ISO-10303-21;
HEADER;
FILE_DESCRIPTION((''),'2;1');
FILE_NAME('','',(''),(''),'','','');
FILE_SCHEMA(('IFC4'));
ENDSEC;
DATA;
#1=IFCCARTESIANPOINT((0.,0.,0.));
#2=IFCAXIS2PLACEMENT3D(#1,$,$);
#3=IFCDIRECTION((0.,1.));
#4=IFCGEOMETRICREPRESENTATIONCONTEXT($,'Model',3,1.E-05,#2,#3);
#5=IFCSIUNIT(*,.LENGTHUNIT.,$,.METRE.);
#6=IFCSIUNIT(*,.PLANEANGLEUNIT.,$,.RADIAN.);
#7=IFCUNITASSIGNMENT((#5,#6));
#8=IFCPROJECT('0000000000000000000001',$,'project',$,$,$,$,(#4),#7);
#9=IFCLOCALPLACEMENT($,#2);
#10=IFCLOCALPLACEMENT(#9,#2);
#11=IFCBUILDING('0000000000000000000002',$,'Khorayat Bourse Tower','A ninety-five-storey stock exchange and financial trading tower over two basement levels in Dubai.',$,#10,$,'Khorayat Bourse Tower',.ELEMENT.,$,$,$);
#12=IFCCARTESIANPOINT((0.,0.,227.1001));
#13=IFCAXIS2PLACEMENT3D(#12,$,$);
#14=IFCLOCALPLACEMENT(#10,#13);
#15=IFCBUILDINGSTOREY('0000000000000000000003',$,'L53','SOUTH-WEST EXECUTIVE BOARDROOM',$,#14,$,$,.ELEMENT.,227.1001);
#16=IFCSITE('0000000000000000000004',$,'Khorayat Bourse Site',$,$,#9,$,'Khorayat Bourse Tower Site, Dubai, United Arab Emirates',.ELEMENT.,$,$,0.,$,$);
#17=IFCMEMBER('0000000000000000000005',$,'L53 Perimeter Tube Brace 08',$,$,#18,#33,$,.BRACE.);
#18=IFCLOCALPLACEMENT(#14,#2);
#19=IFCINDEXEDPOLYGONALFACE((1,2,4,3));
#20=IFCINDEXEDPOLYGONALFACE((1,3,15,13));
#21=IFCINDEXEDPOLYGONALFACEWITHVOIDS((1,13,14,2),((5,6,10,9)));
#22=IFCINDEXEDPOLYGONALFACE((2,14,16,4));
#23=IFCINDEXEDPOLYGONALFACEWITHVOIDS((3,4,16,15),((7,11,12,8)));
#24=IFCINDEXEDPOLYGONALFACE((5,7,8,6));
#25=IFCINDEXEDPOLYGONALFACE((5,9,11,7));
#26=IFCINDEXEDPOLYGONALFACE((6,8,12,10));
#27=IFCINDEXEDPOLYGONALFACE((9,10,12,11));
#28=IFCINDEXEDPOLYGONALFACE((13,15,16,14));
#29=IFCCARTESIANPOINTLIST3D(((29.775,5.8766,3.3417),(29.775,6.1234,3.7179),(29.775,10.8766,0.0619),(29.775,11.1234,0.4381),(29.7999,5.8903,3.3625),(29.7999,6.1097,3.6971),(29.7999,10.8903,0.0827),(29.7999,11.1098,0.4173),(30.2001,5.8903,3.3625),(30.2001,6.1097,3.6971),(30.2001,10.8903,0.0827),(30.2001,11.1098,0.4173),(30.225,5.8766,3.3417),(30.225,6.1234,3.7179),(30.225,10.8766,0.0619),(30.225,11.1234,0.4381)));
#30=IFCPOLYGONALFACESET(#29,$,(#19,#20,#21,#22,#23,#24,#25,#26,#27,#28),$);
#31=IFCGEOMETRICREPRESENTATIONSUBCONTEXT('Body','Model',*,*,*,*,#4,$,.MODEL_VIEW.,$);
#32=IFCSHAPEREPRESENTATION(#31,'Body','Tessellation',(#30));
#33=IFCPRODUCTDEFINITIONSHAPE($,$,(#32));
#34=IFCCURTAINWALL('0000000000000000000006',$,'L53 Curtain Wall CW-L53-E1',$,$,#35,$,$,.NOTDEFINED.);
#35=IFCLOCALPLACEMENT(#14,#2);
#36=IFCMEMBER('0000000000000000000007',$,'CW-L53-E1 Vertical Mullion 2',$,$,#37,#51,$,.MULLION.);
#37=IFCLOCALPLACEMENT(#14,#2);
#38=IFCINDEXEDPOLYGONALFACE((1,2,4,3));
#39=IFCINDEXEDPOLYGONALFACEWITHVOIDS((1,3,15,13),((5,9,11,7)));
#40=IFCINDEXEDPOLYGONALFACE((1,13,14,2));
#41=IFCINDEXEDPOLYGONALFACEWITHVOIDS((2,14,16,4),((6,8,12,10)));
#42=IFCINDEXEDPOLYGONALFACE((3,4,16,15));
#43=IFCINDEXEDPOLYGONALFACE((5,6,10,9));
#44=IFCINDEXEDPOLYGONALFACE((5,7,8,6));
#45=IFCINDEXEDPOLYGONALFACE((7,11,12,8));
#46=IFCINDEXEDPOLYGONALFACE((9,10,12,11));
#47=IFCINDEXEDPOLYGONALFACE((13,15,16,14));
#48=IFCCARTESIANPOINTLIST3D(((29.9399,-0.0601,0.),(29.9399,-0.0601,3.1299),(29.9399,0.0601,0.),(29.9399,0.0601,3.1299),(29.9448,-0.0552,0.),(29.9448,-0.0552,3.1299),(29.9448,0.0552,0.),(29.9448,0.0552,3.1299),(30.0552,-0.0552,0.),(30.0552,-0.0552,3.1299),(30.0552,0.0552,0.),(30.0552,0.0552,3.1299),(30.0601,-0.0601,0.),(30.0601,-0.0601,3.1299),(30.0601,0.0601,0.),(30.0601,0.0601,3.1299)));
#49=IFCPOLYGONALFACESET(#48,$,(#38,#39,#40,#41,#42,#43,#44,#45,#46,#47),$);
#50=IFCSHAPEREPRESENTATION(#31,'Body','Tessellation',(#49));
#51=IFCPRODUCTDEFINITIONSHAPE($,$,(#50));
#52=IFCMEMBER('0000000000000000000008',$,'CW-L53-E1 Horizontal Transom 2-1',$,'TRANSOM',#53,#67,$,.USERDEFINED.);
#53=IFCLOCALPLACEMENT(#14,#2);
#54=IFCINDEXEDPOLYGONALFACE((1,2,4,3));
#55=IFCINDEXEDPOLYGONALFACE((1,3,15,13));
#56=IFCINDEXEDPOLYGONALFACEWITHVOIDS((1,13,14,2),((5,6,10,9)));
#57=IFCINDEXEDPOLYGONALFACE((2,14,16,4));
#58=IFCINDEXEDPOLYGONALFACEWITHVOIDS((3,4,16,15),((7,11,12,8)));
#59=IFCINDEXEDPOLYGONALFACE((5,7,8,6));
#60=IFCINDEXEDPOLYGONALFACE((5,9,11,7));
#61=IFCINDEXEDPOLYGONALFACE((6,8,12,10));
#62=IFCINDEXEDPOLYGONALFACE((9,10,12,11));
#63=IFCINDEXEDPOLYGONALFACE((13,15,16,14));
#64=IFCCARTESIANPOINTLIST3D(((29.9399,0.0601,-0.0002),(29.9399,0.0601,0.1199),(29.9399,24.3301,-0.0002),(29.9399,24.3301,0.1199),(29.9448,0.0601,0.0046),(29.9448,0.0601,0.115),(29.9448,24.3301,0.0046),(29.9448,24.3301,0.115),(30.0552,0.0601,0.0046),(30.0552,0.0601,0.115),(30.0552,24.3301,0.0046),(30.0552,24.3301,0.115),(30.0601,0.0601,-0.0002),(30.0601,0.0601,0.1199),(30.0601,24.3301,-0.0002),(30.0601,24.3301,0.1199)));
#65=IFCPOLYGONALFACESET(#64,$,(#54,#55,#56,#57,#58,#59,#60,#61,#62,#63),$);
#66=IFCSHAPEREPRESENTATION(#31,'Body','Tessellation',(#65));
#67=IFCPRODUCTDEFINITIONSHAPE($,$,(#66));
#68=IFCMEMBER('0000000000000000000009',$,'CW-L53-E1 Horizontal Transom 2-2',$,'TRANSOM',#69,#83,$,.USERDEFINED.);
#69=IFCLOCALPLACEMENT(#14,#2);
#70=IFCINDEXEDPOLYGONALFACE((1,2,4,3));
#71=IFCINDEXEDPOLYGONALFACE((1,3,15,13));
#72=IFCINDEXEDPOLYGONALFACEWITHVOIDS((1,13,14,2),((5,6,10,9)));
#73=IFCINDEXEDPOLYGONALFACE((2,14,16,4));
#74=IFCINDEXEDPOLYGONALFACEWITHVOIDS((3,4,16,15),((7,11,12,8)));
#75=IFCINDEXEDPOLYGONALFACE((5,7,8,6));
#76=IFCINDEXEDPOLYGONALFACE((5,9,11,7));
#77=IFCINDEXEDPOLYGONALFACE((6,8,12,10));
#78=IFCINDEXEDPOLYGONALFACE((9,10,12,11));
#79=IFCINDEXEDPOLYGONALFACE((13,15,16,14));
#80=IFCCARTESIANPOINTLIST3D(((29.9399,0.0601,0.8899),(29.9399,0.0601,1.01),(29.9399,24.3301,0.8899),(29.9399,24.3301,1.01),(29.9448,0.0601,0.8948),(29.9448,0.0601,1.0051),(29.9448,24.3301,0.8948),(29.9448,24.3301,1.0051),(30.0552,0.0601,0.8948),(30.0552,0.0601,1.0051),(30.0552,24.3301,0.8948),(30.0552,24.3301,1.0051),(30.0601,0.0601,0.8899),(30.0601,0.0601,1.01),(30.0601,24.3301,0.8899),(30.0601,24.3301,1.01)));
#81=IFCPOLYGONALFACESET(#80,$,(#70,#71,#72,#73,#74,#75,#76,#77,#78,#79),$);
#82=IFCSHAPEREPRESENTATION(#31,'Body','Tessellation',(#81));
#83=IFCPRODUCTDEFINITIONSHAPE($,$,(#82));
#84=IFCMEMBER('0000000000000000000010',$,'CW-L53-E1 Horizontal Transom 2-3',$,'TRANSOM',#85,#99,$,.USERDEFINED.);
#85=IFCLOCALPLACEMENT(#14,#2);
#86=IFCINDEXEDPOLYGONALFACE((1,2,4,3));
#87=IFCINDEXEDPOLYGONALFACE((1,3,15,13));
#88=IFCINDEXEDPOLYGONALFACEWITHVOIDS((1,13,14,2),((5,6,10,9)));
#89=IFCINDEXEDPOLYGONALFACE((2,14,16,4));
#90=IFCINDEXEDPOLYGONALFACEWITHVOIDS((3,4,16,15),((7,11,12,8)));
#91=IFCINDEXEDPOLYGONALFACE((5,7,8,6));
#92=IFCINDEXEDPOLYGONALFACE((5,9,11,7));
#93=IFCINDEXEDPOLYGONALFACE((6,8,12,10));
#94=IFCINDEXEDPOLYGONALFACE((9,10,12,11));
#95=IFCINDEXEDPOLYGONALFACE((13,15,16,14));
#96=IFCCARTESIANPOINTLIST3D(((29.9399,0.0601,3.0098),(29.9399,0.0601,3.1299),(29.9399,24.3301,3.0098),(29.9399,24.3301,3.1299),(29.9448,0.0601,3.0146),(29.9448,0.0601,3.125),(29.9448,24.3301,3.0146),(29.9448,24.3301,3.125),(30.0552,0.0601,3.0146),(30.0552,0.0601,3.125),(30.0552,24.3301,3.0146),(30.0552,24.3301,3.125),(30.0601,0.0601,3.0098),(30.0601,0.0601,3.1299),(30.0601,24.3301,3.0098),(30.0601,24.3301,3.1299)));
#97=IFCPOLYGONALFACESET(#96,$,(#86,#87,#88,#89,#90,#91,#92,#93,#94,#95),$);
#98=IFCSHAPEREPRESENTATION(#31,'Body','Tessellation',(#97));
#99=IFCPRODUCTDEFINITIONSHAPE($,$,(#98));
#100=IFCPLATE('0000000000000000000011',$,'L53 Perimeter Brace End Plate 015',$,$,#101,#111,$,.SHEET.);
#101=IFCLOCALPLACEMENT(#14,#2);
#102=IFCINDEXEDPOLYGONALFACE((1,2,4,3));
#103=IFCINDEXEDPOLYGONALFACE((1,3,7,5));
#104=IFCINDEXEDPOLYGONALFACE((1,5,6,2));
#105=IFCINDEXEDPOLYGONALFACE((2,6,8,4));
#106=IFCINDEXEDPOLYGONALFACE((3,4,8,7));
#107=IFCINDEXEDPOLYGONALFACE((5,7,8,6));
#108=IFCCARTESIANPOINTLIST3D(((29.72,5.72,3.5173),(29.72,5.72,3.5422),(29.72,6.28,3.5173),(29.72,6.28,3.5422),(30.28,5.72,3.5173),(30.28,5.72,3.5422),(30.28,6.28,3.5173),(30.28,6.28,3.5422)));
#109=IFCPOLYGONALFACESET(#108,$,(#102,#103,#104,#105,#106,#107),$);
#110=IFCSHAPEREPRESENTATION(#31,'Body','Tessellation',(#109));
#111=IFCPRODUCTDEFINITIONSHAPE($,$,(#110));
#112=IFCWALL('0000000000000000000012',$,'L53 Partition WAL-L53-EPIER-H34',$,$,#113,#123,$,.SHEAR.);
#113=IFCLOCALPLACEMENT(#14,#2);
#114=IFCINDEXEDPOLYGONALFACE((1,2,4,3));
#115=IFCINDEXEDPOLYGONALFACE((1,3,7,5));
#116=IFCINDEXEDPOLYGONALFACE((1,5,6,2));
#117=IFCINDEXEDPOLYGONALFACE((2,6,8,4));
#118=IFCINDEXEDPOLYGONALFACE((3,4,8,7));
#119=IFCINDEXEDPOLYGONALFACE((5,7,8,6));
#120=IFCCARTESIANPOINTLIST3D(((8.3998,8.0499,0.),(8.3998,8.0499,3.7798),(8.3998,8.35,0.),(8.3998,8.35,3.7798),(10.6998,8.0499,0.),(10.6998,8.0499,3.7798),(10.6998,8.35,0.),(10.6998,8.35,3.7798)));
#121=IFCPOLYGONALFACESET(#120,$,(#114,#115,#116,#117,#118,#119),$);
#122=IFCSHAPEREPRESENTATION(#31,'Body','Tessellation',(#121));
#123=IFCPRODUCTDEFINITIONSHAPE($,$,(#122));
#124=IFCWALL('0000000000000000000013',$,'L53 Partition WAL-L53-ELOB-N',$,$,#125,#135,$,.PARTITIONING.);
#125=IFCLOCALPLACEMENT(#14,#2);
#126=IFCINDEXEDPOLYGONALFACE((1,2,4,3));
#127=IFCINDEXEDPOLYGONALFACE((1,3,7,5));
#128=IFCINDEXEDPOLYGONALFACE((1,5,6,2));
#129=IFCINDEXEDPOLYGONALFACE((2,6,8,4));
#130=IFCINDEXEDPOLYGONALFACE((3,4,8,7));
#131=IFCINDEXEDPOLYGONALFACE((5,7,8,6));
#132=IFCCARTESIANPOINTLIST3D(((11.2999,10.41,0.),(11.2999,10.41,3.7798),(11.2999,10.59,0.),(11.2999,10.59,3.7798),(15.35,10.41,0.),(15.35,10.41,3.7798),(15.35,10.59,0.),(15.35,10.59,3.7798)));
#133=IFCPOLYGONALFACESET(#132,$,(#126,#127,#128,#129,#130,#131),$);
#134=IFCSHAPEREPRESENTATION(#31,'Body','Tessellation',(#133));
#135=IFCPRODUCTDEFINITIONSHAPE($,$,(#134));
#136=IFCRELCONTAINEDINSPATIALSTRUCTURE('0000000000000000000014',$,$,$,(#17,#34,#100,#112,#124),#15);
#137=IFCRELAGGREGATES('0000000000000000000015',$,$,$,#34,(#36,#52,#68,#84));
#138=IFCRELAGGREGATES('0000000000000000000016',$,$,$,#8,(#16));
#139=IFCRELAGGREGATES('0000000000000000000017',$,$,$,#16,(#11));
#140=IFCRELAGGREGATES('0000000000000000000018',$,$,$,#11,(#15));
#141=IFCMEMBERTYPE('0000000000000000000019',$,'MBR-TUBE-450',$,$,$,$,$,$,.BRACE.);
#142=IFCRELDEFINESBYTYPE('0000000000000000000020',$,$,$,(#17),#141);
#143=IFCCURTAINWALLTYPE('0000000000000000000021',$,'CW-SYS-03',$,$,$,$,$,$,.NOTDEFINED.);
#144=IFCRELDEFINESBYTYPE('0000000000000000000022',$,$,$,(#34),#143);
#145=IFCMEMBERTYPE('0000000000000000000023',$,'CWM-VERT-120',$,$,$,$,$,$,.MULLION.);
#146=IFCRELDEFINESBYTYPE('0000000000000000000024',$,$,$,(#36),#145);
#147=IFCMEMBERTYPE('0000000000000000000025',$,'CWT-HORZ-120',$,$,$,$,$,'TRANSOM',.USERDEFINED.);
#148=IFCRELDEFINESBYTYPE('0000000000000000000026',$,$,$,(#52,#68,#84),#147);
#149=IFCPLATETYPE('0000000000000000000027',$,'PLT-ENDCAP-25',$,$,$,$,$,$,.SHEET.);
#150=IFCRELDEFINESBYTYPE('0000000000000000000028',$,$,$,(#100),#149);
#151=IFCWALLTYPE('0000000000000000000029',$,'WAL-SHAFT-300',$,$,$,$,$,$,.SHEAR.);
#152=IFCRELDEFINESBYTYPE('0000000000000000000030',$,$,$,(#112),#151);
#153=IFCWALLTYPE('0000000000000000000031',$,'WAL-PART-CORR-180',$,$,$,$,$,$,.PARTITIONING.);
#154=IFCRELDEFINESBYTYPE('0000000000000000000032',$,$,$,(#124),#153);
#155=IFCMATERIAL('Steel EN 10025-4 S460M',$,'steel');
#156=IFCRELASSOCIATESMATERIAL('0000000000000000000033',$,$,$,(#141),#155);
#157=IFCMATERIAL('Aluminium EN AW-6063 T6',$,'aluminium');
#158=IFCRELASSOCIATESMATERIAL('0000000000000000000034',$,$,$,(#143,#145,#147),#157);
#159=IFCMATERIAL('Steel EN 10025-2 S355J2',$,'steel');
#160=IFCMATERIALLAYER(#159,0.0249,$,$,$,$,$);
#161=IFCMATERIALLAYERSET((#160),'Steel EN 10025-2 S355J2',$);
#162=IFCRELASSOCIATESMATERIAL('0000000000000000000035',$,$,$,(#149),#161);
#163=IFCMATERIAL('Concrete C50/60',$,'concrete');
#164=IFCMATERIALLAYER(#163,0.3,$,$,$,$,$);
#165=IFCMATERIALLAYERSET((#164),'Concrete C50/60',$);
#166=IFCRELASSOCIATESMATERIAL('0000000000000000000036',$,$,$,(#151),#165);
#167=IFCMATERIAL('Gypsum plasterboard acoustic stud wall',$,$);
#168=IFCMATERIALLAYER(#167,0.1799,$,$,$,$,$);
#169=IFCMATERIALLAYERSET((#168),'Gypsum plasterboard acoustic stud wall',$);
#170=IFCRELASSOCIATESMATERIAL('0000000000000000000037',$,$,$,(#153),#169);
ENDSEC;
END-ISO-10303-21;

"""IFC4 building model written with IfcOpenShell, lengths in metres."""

from ifc_helpers import new_model, si_unit, direction, frame, frame_2d, origin, origin_2d, place, context, subcontext, project, spatial, rectangle, hollow_rectangle, extrude, source, transform, mapped, material, layer, layer_set, material_profile, profile_set, type_object, element, aggregate, save


model = new_model("IFC4")

# Units and contexts
model_context = context("Model", 3, precision=1e-05, world=origin(), true_north=direction((0.0, 1.0)))
body_context = subcontext(model_context, "Body", "Model", "MODEL_VIEW")
ifc_project = project(units=[si_unit("LENGTHUNIT", "METRE"), si_unit("PLANEANGLEUNIT", "RADIAN")], contexts=[model_context])

# Site, building, storey
site_placement = place(None, origin())
site = spatial("IfcSite", under=ifc_project, at=site_placement, Name="Khorayat Bourse Site", LongName="Khorayat Bourse Tower Site, Dubai, United Arab Emirates", CompositionType="ELEMENT", RefElevation=0.0)
building_placement = place(site_placement, origin())
building = spatial("IfcBuilding", under=site, at=building_placement, Name="Khorayat Bourse Tower", Description="A ninety-five-storey stock exchange and financial trading tower over two basement levels in Dubai.", LongName="Khorayat Bourse Tower", CompositionType="ELEMENT")
storey_placement = place(building_placement, frame((0.0, 0.0, 227.1001)))
storey = spatial("IfcBuildingStorey", under=building, at=storey_placement, Name="L53", Description="SOUTH-WEST EXECUTIVE BOARDROOM", CompositionType="ELEMENT", Elevation=227.1001)

# Shared definitions
ifc_material_1 = material(Name="Steel EN 10025-4 S460M", Category="steel")

# Member
ifc_material_profile_1 = material_profile(ifc_material_1, hollow_rectangle(XDim=0.45, YDim=0.45, WallThickness=0.0249, at=origin_2d()), Name="HSS 450x450x25")
ifc_profile_set_1 = profile_set([ifc_material_profile_1], Name="Steel EN 10025-4 S460M")
member_type_1 = type_object("IfcMemberType", Name="MBR-TUBE-450", PredefinedType="BRACE", material=ifc_profile_set_1)
shared_shape_1 = source(origin(), body_context, "Body", "SweptSolid", [
    extrude(hollow_rectangle(XDim=0.45, YDim=0.45, WallThickness=0.0249, at=origin_2d()), origin(), (0.0, 0.0, 1.0), 5.9797),
])
member_1_placement = place(storey_placement, frame((30.0, 6.0, 3.5298), z_axis=(0.0, 0.83616, -0.548485), x_axis=(-1.0, 0.0, 0.0)))
element("IfcMember", 1, at=member_1_placement, inside=storey, type_object=member_type_1, Name="L53 Perimeter Tube Brace 08", PredefinedType="BRACE", context=body_context, shape_type="MappedRepresentation", body=[
    mapped(shared_shape_1, transform((0.0, 0.0, 0.0), scale=1.0)),
])

# Curtain wall, members
ifc_material_2 = material(Name="Aluminium EN AW-6063 T6", Category="aluminium")
curtain_wall_type = type_object("IfcCurtainWallType", Name="CW-SYS-03", PredefinedType="NOTDEFINED", material=ifc_material_2)
curtain_wall_placement = place(storey_placement, origin())
curtain_wall = element("IfcCurtainWall", 2, at=curtain_wall_placement, inside=storey, type_object=curtain_wall_type, Name="L53 Curtain Wall CW-L53-E1", PredefinedType="NOTDEFINED")
ifc_material_profile_2 = material_profile(ifc_material_2, hollow_rectangle(XDim=0.1201, YDim=0.1201, WallThickness=0.0049, at=origin_2d()), Name="ALU 120x120x5")
ifc_profile_set_2 = profile_set([ifc_material_profile_2], Name="Aluminium EN AW-6063 T6")
member_type_2 = type_object("IfcMemberType", Name="CWM-VERT-120", PredefinedType="MULLION", material=ifc_profile_set_2)
shared_shape_2 = source(origin(), body_context, "Body", "SweptSolid", [
    extrude(hollow_rectangle(XDim=0.1201, YDim=0.1201, WallThickness=0.0049, at=origin_2d()), origin(), (0.0, 0.0, 1.0), 3.1299),
])
member_2_placement = place(storey_placement, frame((30.0, 0.0, 0.0), z_axis=(0.0, 0.0, 1.0), x_axis=(-1.0, 0.0, 0.0)))
member_2 = element("IfcMember", 3, at=member_2_placement, type_object=member_type_2, Name="CW-L53-E1 Vertical Mullion 2", PredefinedType="MULLION", context=body_context, shape_type="MappedRepresentation", body=[
    mapped(shared_shape_2, transform((0.0, 0.0, 0.0), scale=1.0)),
])
ifc_material_profile_3 = material_profile(ifc_material_2, hollow_rectangle(XDim=0.1201, YDim=0.1201, WallThickness=0.0049, at=origin_2d()), Name="ALU 120x120x5")
ifc_profile_set_3 = profile_set([ifc_material_profile_3], Name="Aluminium EN AW-6063 T6")
member_type_3 = type_object("IfcMemberType", Name="CWT-HORZ-120", ElementType="TRANSOM", PredefinedType="USERDEFINED", material=ifc_profile_set_3)
shared_shape_3 = source(origin(), body_context, "Body", "SweptSolid", [
    extrude(hollow_rectangle(XDim=0.1201, YDim=0.1201, WallThickness=0.0049, at=origin_2d()), origin(), (0.0, 0.0, 1.0), 24.27),
])
member_3_placement = place(storey_placement, frame((30.0, 0.0601, 0.0598), z_axis=(0.0, 1.0, 0.0), x_axis=(-1.0, 0.0, 0.0)))
member_3 = element("IfcMember", 4, at=member_3_placement, type_object=member_type_3, Name="CW-L53-E1 Horizontal Transom 2-1", ObjectType="TRANSOM", PredefinedType="USERDEFINED", context=body_context, shape_type="MappedRepresentation", body=[
    mapped(shared_shape_3, transform((0.0, 0.0, 0.0), scale=1.0)),
])
member_4_placement = place(storey_placement, frame((30.0, 0.0601, 0.95), z_axis=(0.0, 1.0, 0.0), x_axis=(-1.0, 0.0, 0.0)))
member_4 = element("IfcMember", 5, at=member_4_placement, type_object=member_type_3, Name="CW-L53-E1 Horizontal Transom 2-2", ObjectType="TRANSOM", PredefinedType="USERDEFINED", context=body_context, shape_type="MappedRepresentation", body=[
    mapped(shared_shape_3, transform((0.0, 0.0, 0.0), scale=1.0)),
])
member_5_placement = place(storey_placement, frame((30.0, 0.0601, 3.0698), z_axis=(0.0, 1.0, 0.0), x_axis=(-1.0, 0.0, 0.0)))
member_5 = element("IfcMember", 6, at=member_5_placement, type_object=member_type_3, Name="CW-L53-E1 Horizontal Transom 2-3", ObjectType="TRANSOM", PredefinedType="USERDEFINED", context=body_context, shape_type="MappedRepresentation", body=[
    mapped(shared_shape_3, transform((0.0, 0.0, 0.0), scale=1.0)),
])
aggregate(curtain_wall, [member_2, member_3, member_4, member_5])

# Plate
ifc_material_3 = material(Name="Steel EN 10025-2 S355J2", Category="steel")
ifc_layer_1 = layer(ifc_material_3, 0.0249)
ifc_layer_set_1 = layer_set([ifc_layer_1], Name="Steel EN 10025-2 S355J2")
plate_type = type_object("IfcPlateType", Name="PLT-ENDCAP-25", PredefinedType="SHEET", material=ifc_layer_set_1)
shared_shape_4 = source(origin(), body_context, "Body", "SweptSolid", [
    extrude(rectangle(XDim=0.5601, YDim=0.5601, at=origin_2d()), origin(), (0.0, 0.0, 1.0), 0.0249),
])
plate_placement = place(storey_placement, frame((30.0, 6.0, 3.5173), z_axis=(0.0, 0.0, 1.0), x_axis=(1.0, 0.0, 0.0)))
element("IfcPlate", 7, at=plate_placement, inside=storey, type_object=plate_type, Name="L53 Perimeter Brace End Plate 015", PredefinedType="SHEET", context=body_context, shape_type="MappedRepresentation", body=[
    mapped(shared_shape_4, transform((0.0, 0.0, 0.0), scale=1.0)),
])

# Walls
ifc_material_4 = material(Name="Concrete C50/60", Category="concrete")
ifc_layer_2 = layer(ifc_material_4, 0.3)
ifc_layer_set_2 = layer_set([ifc_layer_2], Name="Concrete C50/60")
wall_type_1 = type_object("IfcWallType", Name="WAL-SHAFT-300", PredefinedType="SHEAR", material=ifc_layer_set_2)
shared_shape_5 = source(origin(), body_context, "Body", "SweptSolid", [
    extrude(rectangle(XDim=2.3, YDim=0.3, at=frame_2d((1.1499, 0.0))), origin(), (0.0, 0.0, 1.0), 3.7798),
])
wall_1_placement = place(storey_placement, frame((8.3999, 8.2, 0.0), z_axis=(0.0, 0.0, 1.0), x_axis=(1.0, 0.0, 0.0)))
element("IfcWall", 8, at=wall_1_placement, inside=storey, type_object=wall_type_1, Name="L53 Partition WAL-L53-EPIER-H34", PredefinedType="SHEAR", context=body_context, shape_type="MappedRepresentation", body=[
    mapped(shared_shape_5, transform((0.0, 0.0, 0.0), scale=1.0)),
])
ifc_material_5 = material(Name="Gypsum plasterboard acoustic stud wall")
ifc_layer_3 = layer(ifc_material_5, 0.1799)
ifc_layer_set_3 = layer_set([ifc_layer_3], Name="Gypsum plasterboard acoustic stud wall")
wall_type_2 = type_object("IfcWallType", Name="WAL-PART-CORR-180", PredefinedType="PARTITIONING", material=ifc_layer_set_3)
shared_shape_6 = source(origin(), body_context, "Body", "SweptSolid", [
    extrude(rectangle(XDim=4.05, YDim=0.1799, at=frame_2d((2.0249, 0.0))), origin(), (0.0, 0.0, 1.0), 3.7798),
])
wall_2_placement = place(storey_placement, frame((11.3, 10.5, 0.0), z_axis=(0.0, 0.0, 1.0), x_axis=(1.0, 0.0, 0.0)))
element("IfcWall", 9, at=wall_2_placement, inside=storey, type_object=wall_type_2, Name="L53 Partition WAL-L53-ELOB-N", PredefinedType="PARTITIONING", context=body_context, shape_type="MappedRepresentation", body=[
    mapped(shared_shape_6, transform((0.0, 0.0, 0.0), scale=1.0)),
])

save(model, "model.ifc")
